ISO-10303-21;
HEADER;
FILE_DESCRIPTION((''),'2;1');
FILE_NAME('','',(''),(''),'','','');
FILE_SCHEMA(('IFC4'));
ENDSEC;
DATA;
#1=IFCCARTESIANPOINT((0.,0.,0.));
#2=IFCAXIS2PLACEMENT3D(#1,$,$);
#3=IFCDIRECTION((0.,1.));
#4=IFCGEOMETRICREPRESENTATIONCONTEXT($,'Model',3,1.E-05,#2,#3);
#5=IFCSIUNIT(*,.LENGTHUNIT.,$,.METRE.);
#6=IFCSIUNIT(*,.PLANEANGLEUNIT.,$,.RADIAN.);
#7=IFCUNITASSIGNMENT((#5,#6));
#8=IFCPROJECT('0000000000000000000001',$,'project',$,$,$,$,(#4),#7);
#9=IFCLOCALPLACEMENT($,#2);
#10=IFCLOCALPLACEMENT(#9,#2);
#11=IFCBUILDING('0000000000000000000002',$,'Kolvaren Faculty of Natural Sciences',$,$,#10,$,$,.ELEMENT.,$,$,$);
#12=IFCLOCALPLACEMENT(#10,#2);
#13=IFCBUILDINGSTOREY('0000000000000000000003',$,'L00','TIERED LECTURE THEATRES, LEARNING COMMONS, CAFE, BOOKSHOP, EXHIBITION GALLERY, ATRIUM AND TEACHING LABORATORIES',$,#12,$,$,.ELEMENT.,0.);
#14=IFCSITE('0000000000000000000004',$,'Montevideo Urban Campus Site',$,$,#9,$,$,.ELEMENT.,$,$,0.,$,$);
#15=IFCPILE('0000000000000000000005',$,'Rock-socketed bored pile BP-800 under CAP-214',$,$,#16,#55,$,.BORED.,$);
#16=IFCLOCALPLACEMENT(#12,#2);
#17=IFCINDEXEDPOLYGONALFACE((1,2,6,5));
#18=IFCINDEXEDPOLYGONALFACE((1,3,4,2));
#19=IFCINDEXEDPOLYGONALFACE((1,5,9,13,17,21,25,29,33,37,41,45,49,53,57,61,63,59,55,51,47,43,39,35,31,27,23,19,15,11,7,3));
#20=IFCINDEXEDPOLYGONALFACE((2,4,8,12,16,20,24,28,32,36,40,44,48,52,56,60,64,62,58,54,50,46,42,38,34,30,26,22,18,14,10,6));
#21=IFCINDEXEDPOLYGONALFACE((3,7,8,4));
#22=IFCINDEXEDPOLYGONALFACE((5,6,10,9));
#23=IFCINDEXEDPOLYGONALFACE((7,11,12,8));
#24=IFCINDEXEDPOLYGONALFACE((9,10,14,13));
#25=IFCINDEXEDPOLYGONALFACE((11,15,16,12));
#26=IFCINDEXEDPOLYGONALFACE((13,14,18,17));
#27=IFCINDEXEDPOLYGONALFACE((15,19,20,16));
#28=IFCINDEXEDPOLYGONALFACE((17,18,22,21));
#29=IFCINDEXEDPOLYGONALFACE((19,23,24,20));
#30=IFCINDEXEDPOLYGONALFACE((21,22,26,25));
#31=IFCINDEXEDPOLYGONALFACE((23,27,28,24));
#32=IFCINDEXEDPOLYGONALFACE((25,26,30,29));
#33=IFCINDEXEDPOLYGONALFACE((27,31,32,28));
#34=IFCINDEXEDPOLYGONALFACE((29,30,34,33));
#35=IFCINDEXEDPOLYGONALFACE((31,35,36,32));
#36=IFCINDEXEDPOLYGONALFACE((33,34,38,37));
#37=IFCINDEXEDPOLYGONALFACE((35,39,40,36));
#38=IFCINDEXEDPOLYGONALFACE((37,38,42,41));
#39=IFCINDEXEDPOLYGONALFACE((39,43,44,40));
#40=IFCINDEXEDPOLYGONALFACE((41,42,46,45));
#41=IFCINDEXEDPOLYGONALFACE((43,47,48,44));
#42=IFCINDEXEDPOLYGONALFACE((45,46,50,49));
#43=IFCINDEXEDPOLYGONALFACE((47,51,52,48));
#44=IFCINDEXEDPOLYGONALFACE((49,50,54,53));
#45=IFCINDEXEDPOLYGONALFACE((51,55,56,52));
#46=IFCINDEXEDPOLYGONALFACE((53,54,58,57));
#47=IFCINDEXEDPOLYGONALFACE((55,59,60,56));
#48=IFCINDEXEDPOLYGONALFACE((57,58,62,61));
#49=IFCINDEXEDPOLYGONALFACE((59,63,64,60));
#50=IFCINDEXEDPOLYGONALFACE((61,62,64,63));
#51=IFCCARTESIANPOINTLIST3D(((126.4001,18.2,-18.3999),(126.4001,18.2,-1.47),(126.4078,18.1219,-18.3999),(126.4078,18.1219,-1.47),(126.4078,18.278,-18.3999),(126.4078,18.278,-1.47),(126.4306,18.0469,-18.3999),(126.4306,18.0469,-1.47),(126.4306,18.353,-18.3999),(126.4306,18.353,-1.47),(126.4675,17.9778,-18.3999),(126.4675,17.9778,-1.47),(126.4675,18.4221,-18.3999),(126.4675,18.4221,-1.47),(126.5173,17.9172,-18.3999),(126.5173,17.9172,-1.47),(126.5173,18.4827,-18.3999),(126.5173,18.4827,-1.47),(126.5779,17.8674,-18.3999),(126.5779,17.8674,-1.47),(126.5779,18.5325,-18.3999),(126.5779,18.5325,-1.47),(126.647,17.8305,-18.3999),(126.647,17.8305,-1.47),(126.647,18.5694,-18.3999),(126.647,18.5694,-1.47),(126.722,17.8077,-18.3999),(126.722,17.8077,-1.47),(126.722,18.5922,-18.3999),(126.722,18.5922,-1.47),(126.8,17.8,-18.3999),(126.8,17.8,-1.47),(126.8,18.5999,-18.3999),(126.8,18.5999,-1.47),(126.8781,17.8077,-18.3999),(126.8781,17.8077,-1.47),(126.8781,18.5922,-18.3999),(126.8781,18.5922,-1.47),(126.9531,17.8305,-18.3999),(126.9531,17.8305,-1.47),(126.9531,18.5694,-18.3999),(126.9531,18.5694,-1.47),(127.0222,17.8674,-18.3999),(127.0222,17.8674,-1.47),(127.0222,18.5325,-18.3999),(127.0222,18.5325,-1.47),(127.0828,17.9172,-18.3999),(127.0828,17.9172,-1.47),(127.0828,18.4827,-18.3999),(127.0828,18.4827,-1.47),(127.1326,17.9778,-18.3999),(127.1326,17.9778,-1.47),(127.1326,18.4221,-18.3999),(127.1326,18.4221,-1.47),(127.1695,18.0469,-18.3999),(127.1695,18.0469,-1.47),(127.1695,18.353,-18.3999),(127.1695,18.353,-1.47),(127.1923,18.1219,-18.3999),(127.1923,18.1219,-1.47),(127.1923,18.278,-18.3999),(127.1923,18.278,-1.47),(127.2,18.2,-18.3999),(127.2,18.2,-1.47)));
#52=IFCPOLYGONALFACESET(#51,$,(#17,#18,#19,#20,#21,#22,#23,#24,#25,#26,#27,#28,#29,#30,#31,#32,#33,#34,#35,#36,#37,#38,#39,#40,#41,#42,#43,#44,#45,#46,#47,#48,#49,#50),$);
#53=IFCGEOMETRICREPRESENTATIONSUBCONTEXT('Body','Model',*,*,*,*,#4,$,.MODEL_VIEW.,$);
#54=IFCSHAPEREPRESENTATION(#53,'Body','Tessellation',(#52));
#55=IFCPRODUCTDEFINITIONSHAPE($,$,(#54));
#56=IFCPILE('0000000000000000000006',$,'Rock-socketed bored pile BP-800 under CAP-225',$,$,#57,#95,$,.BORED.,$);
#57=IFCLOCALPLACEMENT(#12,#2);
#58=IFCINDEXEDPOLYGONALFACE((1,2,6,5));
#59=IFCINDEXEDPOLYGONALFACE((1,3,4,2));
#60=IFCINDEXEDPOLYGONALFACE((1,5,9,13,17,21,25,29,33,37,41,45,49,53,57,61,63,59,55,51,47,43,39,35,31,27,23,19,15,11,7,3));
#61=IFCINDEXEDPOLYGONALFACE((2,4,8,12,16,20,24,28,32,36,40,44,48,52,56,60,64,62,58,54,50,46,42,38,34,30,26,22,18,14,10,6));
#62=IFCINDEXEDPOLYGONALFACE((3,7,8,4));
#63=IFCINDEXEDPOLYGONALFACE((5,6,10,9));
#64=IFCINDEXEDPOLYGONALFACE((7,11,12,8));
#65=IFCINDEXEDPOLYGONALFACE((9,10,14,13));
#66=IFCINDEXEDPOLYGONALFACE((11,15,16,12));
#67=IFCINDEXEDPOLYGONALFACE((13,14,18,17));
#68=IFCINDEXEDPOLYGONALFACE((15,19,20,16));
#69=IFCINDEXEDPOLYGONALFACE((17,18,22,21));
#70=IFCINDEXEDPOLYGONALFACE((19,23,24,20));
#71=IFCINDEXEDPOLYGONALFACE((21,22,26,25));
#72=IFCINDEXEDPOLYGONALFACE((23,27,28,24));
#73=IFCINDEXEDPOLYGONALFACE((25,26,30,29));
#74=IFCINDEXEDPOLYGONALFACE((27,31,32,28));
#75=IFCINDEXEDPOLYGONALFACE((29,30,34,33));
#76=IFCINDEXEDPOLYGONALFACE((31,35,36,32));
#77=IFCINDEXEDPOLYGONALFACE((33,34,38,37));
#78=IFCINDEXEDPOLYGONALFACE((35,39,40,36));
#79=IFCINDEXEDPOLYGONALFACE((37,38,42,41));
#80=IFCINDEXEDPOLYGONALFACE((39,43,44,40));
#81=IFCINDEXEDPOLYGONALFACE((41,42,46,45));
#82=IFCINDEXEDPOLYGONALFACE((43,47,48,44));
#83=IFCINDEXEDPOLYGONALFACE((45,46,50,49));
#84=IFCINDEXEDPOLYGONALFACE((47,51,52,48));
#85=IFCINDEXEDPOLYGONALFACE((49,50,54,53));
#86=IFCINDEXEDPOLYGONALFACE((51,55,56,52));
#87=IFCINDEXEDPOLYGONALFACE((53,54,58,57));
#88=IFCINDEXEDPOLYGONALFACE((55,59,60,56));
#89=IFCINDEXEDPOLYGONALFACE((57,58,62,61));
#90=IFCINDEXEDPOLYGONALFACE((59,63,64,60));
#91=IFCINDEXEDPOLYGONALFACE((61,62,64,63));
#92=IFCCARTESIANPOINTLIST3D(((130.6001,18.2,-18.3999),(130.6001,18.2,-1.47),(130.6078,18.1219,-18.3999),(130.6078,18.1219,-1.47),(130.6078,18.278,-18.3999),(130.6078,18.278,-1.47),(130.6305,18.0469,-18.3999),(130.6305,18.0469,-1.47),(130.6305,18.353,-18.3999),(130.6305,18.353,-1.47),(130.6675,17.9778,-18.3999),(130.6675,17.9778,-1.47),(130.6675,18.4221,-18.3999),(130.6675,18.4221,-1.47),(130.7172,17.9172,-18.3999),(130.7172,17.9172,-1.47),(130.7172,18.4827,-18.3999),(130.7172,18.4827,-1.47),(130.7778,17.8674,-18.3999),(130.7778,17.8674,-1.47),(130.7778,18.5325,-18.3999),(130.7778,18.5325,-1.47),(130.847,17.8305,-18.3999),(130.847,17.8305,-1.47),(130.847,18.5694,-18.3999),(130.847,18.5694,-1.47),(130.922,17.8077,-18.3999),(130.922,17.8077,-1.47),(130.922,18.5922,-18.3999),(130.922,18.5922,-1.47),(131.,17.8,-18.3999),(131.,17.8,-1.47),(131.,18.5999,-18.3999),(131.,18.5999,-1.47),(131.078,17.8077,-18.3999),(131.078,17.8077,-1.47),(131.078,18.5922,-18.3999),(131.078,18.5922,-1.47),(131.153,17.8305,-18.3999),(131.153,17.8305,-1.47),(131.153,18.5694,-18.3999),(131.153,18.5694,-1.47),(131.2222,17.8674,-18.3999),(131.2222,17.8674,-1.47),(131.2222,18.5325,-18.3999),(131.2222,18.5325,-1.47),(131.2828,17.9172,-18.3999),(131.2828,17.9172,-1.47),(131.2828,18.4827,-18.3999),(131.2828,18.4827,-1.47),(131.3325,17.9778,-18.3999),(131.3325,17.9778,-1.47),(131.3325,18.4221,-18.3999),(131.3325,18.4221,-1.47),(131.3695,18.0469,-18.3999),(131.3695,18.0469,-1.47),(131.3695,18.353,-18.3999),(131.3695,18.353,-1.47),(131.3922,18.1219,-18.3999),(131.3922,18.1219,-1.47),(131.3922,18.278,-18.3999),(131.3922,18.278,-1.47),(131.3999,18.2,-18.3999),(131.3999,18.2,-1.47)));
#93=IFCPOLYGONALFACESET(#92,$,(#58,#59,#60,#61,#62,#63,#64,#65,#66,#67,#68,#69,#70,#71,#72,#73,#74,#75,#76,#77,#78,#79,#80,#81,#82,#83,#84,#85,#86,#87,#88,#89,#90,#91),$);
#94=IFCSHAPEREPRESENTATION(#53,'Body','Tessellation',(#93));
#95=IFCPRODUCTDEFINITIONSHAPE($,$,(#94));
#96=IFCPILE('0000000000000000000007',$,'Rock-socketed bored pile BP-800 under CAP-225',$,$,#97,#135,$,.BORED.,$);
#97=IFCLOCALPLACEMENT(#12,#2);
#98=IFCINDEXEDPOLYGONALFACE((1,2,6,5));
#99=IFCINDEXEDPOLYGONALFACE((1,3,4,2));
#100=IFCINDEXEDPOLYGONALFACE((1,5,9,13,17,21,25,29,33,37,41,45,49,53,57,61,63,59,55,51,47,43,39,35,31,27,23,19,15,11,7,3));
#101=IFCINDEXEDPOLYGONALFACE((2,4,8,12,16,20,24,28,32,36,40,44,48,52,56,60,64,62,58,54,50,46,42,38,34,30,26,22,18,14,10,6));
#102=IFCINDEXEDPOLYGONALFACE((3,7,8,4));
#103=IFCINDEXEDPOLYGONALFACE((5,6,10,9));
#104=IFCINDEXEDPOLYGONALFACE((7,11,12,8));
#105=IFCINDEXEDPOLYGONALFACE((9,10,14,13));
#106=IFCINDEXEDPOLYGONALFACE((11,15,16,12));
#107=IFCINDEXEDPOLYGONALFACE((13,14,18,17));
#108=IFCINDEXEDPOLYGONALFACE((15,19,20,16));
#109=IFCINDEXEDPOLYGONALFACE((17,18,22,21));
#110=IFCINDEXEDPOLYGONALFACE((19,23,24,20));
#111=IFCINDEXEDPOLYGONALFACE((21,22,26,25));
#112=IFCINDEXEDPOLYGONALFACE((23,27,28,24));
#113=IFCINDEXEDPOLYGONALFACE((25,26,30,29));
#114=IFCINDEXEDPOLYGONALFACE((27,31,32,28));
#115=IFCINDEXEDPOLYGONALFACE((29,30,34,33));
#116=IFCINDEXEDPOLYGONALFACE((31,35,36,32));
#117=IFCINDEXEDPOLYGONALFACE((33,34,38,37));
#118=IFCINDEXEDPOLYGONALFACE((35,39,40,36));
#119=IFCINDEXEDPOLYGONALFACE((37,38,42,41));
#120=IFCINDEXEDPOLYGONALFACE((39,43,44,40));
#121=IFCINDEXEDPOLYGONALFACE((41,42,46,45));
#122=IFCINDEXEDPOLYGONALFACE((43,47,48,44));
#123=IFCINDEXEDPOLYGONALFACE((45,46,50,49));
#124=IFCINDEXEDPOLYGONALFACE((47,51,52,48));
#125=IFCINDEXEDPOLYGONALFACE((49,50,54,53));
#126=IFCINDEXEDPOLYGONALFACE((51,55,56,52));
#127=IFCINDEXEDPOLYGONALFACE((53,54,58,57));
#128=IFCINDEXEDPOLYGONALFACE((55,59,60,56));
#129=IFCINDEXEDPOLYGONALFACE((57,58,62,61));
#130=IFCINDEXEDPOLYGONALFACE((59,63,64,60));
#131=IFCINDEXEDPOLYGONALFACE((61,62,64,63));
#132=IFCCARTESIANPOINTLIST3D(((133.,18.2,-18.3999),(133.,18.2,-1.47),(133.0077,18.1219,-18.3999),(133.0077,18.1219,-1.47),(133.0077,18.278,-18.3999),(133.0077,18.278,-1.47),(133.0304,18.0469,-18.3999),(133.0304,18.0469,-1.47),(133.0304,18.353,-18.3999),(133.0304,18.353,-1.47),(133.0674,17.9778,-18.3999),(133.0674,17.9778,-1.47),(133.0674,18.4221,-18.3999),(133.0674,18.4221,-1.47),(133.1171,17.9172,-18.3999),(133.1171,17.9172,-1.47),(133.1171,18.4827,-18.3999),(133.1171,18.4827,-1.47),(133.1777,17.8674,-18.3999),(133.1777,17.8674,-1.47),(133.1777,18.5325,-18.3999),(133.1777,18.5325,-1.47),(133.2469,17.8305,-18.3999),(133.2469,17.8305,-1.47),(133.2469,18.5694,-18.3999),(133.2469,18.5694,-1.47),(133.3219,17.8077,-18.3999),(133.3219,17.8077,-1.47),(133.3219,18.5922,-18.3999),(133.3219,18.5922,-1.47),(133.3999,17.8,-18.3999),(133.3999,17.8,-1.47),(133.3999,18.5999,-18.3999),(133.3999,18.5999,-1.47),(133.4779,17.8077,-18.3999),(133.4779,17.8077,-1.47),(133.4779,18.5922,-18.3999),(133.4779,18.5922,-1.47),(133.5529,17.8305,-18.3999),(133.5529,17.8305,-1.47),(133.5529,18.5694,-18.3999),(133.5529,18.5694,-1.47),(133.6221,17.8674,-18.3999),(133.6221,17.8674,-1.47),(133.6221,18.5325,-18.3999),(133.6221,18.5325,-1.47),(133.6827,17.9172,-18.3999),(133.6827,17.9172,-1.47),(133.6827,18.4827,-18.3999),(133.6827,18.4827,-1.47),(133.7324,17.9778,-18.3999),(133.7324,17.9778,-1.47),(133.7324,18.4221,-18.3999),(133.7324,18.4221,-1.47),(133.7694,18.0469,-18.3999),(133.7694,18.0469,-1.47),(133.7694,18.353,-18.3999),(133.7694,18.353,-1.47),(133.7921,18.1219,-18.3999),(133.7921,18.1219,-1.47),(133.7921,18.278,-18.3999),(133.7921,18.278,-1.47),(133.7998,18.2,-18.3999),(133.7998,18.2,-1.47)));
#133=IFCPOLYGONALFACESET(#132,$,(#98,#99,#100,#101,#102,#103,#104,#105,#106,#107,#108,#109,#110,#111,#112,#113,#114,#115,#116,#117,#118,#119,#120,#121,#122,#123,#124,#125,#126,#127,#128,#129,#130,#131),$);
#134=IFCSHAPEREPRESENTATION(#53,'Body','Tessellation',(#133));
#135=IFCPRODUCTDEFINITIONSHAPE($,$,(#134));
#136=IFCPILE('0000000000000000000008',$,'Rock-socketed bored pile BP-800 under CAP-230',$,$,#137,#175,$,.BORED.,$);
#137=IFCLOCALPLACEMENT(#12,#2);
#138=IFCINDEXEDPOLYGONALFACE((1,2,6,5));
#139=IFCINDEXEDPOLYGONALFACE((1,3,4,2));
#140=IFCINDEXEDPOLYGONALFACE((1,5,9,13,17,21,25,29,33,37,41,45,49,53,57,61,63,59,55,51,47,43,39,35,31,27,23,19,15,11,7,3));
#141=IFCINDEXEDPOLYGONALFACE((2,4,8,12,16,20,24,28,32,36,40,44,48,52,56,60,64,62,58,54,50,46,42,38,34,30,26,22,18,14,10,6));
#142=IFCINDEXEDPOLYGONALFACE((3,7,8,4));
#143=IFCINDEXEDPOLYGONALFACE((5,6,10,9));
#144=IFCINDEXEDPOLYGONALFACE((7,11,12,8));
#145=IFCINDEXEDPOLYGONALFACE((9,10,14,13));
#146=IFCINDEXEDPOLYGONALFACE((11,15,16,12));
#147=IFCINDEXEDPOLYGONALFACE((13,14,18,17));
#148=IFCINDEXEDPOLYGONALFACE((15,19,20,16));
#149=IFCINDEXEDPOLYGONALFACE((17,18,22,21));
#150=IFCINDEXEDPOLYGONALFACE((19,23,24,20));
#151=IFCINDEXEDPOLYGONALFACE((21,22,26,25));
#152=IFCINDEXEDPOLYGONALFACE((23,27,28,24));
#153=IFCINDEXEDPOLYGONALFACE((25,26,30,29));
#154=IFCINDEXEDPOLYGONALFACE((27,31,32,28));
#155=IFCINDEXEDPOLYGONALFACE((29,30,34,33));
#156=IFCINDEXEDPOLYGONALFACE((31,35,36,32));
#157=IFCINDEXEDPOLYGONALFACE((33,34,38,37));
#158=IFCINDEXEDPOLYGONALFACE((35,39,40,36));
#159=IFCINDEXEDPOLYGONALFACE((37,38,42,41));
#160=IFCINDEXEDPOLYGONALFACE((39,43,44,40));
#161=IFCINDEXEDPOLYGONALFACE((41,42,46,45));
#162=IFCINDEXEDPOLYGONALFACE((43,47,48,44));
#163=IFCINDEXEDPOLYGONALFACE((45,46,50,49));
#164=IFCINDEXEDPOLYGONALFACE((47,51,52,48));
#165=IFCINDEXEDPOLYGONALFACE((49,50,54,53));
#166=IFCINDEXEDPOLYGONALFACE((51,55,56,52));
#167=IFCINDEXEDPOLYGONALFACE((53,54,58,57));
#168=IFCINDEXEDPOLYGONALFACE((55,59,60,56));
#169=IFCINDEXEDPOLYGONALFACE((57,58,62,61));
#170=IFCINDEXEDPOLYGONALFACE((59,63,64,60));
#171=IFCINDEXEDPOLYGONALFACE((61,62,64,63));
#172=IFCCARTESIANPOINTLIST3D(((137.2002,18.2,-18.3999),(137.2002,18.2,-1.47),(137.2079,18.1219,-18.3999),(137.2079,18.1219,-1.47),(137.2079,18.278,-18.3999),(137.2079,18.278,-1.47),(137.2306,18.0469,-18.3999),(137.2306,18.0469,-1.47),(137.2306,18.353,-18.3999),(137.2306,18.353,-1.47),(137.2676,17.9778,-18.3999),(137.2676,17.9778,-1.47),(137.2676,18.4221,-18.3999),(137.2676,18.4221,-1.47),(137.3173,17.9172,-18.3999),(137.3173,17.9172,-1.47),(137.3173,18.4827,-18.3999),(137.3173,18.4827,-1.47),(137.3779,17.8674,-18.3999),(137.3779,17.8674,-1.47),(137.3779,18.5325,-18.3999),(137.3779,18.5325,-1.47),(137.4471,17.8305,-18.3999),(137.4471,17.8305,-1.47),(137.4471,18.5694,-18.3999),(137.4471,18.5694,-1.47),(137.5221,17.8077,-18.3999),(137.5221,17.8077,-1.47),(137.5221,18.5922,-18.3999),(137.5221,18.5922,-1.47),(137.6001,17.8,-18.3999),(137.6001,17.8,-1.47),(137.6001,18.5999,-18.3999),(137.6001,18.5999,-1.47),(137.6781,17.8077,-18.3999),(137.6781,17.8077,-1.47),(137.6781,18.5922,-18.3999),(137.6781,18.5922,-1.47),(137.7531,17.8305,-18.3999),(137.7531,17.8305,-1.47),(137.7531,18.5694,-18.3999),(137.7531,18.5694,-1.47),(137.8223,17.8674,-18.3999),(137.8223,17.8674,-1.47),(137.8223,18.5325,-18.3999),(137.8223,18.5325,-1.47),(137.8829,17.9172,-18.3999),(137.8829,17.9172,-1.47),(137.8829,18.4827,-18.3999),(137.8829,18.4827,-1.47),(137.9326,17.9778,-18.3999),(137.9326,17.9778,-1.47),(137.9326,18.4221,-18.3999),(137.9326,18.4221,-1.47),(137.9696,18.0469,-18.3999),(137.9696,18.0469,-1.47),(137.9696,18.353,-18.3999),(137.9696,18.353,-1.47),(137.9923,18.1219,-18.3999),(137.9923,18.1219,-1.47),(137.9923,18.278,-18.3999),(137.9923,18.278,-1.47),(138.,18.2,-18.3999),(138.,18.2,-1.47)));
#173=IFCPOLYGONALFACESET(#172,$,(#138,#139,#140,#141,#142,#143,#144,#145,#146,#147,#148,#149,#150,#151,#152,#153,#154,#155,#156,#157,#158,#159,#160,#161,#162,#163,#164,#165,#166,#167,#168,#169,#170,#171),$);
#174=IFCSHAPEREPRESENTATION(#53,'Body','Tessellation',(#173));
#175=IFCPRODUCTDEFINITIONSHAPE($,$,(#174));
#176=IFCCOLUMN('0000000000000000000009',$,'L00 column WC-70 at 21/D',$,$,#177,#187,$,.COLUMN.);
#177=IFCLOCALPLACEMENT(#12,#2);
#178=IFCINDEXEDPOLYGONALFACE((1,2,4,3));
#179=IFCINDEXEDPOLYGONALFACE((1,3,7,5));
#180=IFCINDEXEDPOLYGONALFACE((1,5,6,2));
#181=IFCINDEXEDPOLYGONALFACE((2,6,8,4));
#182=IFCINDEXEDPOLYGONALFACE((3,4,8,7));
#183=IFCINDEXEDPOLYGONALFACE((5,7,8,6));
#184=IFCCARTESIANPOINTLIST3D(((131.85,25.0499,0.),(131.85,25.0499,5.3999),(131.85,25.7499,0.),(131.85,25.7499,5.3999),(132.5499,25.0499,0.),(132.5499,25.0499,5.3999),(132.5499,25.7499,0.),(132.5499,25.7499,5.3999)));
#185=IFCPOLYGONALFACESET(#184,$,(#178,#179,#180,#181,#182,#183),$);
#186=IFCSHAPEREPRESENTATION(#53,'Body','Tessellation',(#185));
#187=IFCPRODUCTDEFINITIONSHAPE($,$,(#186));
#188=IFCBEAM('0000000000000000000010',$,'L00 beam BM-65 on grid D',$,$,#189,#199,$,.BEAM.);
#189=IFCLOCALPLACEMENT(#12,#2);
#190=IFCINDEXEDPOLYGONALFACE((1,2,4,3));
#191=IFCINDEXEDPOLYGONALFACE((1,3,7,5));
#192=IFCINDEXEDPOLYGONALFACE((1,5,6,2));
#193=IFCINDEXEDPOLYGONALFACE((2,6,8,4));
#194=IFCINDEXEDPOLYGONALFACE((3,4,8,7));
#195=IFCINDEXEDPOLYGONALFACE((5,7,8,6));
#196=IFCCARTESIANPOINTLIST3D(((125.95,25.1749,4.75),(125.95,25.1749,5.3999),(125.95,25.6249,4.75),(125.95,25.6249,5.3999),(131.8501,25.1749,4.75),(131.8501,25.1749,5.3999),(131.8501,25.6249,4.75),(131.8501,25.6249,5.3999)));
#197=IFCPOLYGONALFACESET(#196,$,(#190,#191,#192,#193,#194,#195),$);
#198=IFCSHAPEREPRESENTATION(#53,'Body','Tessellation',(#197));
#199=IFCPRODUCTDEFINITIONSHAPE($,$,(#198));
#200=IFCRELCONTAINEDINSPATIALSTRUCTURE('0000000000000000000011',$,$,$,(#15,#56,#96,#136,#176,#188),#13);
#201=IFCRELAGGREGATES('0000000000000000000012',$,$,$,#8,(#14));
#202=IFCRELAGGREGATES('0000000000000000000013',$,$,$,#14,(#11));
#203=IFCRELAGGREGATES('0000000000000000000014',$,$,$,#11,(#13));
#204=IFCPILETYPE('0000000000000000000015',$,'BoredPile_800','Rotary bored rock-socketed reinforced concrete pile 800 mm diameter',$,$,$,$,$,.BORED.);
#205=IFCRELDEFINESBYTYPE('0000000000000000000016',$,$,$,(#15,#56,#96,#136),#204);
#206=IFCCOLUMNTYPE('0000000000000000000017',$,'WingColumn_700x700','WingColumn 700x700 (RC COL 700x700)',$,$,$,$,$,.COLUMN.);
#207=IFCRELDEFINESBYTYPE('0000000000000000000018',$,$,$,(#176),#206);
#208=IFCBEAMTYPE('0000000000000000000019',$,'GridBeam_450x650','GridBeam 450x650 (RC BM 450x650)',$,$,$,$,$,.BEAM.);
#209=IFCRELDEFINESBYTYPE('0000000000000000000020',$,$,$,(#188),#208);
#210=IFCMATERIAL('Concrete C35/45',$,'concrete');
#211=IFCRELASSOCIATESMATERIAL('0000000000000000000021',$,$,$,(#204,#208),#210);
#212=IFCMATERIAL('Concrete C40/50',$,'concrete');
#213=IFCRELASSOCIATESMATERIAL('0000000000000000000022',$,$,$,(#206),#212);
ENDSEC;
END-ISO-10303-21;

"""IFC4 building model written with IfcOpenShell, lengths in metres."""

from ifc_helpers import new_model, si_unit, direction, frame, origin, origin_2d, place, context, subcontext, project, spatial, rectangle, circle, extrude, material, material_profile, profile_set, type_object, element, save


model = new_model("IFC4")

# Units and contexts
model_context = context("Model", 3, precision=1e-05, world=origin(), true_north=direction((0.0, 1.0)))
body_context = subcontext(model_context, "Body", "Model", "MODEL_VIEW")
ifc_project = project(units=[si_unit("LENGTHUNIT", "METRE"), si_unit("PLANEANGLEUNIT", "RADIAN")], contexts=[model_context])

# Site, building, storey
site_placement = place(None, origin())
site = spatial("IfcSite", under=ifc_project, at=site_placement, Name="Montevideo Urban Campus Site", CompositionType="ELEMENT", RefElevation=0.0)
building_placement = place(site_placement, origin())
building = spatial("IfcBuilding", under=site, at=building_placement, Name="Kolvaren Faculty of Natural Sciences", CompositionType="ELEMENT")
storey_placement = place(building_placement, origin())
storey = spatial("IfcBuildingStorey", under=building, at=storey_placement, Name="L00", Description="TIERED LECTURE THEATRES, LEARNING COMMONS, CAFE, BOOKSHOP, EXHIBITION GALLERY, ATRIUM AND TEACHING LABORATORIES", CompositionType="ELEMENT", Elevation=0.0)

# Piles
ifc_material_1 = material(Name="Concrete C35/45", Category="concrete")
ifc_material_profile_1 = material_profile(ifc_material_1, circle(Radius=0.3999, at=origin_2d()), Name="PILE D800")
ifc_profile_set_1 = profile_set([ifc_material_profile_1], Name="Concrete C35/45")
pile_type = type_object("IfcPileType", Name="BoredPile_800", Description="Rotary bored rock-socketed reinforced concrete pile 800 mm diameter", PredefinedType="BORED", material=ifc_profile_set_1)
for number, where, z_axis, x_axis, name in (
    (1, (126.8, 18.2, -1.47), (0.0, 0.0, -1.0), (1.0, 0.0, 0.0), "Rock-socketed bored pile BP-800 under CAP-214"),
    (2, (131.0, 18.2, -1.47), (0.0, 0.0, -1.0), (1.0, 0.0, 0.0), "Rock-socketed bored pile BP-800 under CAP-225"),
    (3, (133.3999, 18.2, -1.47), (0.0, 0.0, -1.0), (1.0, 0.0, 0.0), "Rock-socketed bored pile BP-800 under CAP-225"),
    (4, (137.6001, 18.2, -1.47), (0.0, 0.0, -1.0), (1.0, 0.0, 0.0), "Rock-socketed bored pile BP-800 under CAP-230"),
):
    element("IfcPile", number, at=place(storey_placement, frame(where, z_axis=z_axis, x_axis=x_axis)), inside=storey, type_object=pile_type, Name=name, PredefinedType="BORED", context=body_context, shape_type="SweptSolid", body=[
        extrude(circle(Radius=0.3999, at=origin_2d()), origin(), (0.0, 0.0, 1.0), 16.9299),
    ])

# Column
ifc_material_2 = material(Name="Concrete C40/50", Category="concrete")
ifc_material_profile_2 = material_profile(ifc_material_2, rectangle(XDim=0.7, YDim=0.7, at=origin_2d()), Name="RC COL 700x700")
ifc_profile_set_2 = profile_set([ifc_material_profile_2], Name="Concrete C40/50")
column_type = type_object("IfcColumnType", Name="WingColumn_700x700", Description="WingColumn 700x700 (RC COL 700x700)", PredefinedType="COLUMN", material=ifc_profile_set_2)
column_placement = place(storey_placement, frame((132.2, 25.3999, 0.0), z_axis=(0.0, 0.0, 1.0), x_axis=(1.0, 0.0, 0.0)))
element("IfcColumn", 5, at=column_placement, inside=storey, type_object=column_type, Name="L00 column WC-70 at 21/D", PredefinedType="COLUMN", context=body_context, shape_type="SweptSolid", body=[
    extrude(rectangle(XDim=0.7, YDim=0.7, at=origin_2d()), origin(), (0.0, 0.0, 1.0), 5.3999),
])

# Beam
ifc_material_profile_3 = material_profile(ifc_material_1, rectangle(XDim=0.45, YDim=0.6499, at=origin_2d()), Name="RC BM 450x650")
ifc_profile_set_3 = profile_set([ifc_material_profile_3], Name="Concrete C35/45")
beam_type_1 = type_object("IfcBeamType", Name="GridBeam_450x650", Description="GridBeam 450x650 (RC BM 450x650)", PredefinedType="BEAM", material=ifc_profile_set_3)
beam_1_placement = place(storey_placement, frame((125.95, 25.3999, 5.075), z_axis=(1.0, 0.0, 0.0), x_axis=(0.0, 1.0, 0.0)))
element("IfcBeam", 6, at=beam_1_placement, inside=storey, type_object=beam_type_1, Name="L00 beam BM-65 on grid D", PredefinedType="BEAM", context=body_context, shape_type="SweptSolid", body=[
    extrude(rectangle(XDim=0.45, YDim=0.6499, at=origin_2d()), origin(), (0.0, 0.0, 1.0), 5.9001),
])

save(model, "model.ifc")
